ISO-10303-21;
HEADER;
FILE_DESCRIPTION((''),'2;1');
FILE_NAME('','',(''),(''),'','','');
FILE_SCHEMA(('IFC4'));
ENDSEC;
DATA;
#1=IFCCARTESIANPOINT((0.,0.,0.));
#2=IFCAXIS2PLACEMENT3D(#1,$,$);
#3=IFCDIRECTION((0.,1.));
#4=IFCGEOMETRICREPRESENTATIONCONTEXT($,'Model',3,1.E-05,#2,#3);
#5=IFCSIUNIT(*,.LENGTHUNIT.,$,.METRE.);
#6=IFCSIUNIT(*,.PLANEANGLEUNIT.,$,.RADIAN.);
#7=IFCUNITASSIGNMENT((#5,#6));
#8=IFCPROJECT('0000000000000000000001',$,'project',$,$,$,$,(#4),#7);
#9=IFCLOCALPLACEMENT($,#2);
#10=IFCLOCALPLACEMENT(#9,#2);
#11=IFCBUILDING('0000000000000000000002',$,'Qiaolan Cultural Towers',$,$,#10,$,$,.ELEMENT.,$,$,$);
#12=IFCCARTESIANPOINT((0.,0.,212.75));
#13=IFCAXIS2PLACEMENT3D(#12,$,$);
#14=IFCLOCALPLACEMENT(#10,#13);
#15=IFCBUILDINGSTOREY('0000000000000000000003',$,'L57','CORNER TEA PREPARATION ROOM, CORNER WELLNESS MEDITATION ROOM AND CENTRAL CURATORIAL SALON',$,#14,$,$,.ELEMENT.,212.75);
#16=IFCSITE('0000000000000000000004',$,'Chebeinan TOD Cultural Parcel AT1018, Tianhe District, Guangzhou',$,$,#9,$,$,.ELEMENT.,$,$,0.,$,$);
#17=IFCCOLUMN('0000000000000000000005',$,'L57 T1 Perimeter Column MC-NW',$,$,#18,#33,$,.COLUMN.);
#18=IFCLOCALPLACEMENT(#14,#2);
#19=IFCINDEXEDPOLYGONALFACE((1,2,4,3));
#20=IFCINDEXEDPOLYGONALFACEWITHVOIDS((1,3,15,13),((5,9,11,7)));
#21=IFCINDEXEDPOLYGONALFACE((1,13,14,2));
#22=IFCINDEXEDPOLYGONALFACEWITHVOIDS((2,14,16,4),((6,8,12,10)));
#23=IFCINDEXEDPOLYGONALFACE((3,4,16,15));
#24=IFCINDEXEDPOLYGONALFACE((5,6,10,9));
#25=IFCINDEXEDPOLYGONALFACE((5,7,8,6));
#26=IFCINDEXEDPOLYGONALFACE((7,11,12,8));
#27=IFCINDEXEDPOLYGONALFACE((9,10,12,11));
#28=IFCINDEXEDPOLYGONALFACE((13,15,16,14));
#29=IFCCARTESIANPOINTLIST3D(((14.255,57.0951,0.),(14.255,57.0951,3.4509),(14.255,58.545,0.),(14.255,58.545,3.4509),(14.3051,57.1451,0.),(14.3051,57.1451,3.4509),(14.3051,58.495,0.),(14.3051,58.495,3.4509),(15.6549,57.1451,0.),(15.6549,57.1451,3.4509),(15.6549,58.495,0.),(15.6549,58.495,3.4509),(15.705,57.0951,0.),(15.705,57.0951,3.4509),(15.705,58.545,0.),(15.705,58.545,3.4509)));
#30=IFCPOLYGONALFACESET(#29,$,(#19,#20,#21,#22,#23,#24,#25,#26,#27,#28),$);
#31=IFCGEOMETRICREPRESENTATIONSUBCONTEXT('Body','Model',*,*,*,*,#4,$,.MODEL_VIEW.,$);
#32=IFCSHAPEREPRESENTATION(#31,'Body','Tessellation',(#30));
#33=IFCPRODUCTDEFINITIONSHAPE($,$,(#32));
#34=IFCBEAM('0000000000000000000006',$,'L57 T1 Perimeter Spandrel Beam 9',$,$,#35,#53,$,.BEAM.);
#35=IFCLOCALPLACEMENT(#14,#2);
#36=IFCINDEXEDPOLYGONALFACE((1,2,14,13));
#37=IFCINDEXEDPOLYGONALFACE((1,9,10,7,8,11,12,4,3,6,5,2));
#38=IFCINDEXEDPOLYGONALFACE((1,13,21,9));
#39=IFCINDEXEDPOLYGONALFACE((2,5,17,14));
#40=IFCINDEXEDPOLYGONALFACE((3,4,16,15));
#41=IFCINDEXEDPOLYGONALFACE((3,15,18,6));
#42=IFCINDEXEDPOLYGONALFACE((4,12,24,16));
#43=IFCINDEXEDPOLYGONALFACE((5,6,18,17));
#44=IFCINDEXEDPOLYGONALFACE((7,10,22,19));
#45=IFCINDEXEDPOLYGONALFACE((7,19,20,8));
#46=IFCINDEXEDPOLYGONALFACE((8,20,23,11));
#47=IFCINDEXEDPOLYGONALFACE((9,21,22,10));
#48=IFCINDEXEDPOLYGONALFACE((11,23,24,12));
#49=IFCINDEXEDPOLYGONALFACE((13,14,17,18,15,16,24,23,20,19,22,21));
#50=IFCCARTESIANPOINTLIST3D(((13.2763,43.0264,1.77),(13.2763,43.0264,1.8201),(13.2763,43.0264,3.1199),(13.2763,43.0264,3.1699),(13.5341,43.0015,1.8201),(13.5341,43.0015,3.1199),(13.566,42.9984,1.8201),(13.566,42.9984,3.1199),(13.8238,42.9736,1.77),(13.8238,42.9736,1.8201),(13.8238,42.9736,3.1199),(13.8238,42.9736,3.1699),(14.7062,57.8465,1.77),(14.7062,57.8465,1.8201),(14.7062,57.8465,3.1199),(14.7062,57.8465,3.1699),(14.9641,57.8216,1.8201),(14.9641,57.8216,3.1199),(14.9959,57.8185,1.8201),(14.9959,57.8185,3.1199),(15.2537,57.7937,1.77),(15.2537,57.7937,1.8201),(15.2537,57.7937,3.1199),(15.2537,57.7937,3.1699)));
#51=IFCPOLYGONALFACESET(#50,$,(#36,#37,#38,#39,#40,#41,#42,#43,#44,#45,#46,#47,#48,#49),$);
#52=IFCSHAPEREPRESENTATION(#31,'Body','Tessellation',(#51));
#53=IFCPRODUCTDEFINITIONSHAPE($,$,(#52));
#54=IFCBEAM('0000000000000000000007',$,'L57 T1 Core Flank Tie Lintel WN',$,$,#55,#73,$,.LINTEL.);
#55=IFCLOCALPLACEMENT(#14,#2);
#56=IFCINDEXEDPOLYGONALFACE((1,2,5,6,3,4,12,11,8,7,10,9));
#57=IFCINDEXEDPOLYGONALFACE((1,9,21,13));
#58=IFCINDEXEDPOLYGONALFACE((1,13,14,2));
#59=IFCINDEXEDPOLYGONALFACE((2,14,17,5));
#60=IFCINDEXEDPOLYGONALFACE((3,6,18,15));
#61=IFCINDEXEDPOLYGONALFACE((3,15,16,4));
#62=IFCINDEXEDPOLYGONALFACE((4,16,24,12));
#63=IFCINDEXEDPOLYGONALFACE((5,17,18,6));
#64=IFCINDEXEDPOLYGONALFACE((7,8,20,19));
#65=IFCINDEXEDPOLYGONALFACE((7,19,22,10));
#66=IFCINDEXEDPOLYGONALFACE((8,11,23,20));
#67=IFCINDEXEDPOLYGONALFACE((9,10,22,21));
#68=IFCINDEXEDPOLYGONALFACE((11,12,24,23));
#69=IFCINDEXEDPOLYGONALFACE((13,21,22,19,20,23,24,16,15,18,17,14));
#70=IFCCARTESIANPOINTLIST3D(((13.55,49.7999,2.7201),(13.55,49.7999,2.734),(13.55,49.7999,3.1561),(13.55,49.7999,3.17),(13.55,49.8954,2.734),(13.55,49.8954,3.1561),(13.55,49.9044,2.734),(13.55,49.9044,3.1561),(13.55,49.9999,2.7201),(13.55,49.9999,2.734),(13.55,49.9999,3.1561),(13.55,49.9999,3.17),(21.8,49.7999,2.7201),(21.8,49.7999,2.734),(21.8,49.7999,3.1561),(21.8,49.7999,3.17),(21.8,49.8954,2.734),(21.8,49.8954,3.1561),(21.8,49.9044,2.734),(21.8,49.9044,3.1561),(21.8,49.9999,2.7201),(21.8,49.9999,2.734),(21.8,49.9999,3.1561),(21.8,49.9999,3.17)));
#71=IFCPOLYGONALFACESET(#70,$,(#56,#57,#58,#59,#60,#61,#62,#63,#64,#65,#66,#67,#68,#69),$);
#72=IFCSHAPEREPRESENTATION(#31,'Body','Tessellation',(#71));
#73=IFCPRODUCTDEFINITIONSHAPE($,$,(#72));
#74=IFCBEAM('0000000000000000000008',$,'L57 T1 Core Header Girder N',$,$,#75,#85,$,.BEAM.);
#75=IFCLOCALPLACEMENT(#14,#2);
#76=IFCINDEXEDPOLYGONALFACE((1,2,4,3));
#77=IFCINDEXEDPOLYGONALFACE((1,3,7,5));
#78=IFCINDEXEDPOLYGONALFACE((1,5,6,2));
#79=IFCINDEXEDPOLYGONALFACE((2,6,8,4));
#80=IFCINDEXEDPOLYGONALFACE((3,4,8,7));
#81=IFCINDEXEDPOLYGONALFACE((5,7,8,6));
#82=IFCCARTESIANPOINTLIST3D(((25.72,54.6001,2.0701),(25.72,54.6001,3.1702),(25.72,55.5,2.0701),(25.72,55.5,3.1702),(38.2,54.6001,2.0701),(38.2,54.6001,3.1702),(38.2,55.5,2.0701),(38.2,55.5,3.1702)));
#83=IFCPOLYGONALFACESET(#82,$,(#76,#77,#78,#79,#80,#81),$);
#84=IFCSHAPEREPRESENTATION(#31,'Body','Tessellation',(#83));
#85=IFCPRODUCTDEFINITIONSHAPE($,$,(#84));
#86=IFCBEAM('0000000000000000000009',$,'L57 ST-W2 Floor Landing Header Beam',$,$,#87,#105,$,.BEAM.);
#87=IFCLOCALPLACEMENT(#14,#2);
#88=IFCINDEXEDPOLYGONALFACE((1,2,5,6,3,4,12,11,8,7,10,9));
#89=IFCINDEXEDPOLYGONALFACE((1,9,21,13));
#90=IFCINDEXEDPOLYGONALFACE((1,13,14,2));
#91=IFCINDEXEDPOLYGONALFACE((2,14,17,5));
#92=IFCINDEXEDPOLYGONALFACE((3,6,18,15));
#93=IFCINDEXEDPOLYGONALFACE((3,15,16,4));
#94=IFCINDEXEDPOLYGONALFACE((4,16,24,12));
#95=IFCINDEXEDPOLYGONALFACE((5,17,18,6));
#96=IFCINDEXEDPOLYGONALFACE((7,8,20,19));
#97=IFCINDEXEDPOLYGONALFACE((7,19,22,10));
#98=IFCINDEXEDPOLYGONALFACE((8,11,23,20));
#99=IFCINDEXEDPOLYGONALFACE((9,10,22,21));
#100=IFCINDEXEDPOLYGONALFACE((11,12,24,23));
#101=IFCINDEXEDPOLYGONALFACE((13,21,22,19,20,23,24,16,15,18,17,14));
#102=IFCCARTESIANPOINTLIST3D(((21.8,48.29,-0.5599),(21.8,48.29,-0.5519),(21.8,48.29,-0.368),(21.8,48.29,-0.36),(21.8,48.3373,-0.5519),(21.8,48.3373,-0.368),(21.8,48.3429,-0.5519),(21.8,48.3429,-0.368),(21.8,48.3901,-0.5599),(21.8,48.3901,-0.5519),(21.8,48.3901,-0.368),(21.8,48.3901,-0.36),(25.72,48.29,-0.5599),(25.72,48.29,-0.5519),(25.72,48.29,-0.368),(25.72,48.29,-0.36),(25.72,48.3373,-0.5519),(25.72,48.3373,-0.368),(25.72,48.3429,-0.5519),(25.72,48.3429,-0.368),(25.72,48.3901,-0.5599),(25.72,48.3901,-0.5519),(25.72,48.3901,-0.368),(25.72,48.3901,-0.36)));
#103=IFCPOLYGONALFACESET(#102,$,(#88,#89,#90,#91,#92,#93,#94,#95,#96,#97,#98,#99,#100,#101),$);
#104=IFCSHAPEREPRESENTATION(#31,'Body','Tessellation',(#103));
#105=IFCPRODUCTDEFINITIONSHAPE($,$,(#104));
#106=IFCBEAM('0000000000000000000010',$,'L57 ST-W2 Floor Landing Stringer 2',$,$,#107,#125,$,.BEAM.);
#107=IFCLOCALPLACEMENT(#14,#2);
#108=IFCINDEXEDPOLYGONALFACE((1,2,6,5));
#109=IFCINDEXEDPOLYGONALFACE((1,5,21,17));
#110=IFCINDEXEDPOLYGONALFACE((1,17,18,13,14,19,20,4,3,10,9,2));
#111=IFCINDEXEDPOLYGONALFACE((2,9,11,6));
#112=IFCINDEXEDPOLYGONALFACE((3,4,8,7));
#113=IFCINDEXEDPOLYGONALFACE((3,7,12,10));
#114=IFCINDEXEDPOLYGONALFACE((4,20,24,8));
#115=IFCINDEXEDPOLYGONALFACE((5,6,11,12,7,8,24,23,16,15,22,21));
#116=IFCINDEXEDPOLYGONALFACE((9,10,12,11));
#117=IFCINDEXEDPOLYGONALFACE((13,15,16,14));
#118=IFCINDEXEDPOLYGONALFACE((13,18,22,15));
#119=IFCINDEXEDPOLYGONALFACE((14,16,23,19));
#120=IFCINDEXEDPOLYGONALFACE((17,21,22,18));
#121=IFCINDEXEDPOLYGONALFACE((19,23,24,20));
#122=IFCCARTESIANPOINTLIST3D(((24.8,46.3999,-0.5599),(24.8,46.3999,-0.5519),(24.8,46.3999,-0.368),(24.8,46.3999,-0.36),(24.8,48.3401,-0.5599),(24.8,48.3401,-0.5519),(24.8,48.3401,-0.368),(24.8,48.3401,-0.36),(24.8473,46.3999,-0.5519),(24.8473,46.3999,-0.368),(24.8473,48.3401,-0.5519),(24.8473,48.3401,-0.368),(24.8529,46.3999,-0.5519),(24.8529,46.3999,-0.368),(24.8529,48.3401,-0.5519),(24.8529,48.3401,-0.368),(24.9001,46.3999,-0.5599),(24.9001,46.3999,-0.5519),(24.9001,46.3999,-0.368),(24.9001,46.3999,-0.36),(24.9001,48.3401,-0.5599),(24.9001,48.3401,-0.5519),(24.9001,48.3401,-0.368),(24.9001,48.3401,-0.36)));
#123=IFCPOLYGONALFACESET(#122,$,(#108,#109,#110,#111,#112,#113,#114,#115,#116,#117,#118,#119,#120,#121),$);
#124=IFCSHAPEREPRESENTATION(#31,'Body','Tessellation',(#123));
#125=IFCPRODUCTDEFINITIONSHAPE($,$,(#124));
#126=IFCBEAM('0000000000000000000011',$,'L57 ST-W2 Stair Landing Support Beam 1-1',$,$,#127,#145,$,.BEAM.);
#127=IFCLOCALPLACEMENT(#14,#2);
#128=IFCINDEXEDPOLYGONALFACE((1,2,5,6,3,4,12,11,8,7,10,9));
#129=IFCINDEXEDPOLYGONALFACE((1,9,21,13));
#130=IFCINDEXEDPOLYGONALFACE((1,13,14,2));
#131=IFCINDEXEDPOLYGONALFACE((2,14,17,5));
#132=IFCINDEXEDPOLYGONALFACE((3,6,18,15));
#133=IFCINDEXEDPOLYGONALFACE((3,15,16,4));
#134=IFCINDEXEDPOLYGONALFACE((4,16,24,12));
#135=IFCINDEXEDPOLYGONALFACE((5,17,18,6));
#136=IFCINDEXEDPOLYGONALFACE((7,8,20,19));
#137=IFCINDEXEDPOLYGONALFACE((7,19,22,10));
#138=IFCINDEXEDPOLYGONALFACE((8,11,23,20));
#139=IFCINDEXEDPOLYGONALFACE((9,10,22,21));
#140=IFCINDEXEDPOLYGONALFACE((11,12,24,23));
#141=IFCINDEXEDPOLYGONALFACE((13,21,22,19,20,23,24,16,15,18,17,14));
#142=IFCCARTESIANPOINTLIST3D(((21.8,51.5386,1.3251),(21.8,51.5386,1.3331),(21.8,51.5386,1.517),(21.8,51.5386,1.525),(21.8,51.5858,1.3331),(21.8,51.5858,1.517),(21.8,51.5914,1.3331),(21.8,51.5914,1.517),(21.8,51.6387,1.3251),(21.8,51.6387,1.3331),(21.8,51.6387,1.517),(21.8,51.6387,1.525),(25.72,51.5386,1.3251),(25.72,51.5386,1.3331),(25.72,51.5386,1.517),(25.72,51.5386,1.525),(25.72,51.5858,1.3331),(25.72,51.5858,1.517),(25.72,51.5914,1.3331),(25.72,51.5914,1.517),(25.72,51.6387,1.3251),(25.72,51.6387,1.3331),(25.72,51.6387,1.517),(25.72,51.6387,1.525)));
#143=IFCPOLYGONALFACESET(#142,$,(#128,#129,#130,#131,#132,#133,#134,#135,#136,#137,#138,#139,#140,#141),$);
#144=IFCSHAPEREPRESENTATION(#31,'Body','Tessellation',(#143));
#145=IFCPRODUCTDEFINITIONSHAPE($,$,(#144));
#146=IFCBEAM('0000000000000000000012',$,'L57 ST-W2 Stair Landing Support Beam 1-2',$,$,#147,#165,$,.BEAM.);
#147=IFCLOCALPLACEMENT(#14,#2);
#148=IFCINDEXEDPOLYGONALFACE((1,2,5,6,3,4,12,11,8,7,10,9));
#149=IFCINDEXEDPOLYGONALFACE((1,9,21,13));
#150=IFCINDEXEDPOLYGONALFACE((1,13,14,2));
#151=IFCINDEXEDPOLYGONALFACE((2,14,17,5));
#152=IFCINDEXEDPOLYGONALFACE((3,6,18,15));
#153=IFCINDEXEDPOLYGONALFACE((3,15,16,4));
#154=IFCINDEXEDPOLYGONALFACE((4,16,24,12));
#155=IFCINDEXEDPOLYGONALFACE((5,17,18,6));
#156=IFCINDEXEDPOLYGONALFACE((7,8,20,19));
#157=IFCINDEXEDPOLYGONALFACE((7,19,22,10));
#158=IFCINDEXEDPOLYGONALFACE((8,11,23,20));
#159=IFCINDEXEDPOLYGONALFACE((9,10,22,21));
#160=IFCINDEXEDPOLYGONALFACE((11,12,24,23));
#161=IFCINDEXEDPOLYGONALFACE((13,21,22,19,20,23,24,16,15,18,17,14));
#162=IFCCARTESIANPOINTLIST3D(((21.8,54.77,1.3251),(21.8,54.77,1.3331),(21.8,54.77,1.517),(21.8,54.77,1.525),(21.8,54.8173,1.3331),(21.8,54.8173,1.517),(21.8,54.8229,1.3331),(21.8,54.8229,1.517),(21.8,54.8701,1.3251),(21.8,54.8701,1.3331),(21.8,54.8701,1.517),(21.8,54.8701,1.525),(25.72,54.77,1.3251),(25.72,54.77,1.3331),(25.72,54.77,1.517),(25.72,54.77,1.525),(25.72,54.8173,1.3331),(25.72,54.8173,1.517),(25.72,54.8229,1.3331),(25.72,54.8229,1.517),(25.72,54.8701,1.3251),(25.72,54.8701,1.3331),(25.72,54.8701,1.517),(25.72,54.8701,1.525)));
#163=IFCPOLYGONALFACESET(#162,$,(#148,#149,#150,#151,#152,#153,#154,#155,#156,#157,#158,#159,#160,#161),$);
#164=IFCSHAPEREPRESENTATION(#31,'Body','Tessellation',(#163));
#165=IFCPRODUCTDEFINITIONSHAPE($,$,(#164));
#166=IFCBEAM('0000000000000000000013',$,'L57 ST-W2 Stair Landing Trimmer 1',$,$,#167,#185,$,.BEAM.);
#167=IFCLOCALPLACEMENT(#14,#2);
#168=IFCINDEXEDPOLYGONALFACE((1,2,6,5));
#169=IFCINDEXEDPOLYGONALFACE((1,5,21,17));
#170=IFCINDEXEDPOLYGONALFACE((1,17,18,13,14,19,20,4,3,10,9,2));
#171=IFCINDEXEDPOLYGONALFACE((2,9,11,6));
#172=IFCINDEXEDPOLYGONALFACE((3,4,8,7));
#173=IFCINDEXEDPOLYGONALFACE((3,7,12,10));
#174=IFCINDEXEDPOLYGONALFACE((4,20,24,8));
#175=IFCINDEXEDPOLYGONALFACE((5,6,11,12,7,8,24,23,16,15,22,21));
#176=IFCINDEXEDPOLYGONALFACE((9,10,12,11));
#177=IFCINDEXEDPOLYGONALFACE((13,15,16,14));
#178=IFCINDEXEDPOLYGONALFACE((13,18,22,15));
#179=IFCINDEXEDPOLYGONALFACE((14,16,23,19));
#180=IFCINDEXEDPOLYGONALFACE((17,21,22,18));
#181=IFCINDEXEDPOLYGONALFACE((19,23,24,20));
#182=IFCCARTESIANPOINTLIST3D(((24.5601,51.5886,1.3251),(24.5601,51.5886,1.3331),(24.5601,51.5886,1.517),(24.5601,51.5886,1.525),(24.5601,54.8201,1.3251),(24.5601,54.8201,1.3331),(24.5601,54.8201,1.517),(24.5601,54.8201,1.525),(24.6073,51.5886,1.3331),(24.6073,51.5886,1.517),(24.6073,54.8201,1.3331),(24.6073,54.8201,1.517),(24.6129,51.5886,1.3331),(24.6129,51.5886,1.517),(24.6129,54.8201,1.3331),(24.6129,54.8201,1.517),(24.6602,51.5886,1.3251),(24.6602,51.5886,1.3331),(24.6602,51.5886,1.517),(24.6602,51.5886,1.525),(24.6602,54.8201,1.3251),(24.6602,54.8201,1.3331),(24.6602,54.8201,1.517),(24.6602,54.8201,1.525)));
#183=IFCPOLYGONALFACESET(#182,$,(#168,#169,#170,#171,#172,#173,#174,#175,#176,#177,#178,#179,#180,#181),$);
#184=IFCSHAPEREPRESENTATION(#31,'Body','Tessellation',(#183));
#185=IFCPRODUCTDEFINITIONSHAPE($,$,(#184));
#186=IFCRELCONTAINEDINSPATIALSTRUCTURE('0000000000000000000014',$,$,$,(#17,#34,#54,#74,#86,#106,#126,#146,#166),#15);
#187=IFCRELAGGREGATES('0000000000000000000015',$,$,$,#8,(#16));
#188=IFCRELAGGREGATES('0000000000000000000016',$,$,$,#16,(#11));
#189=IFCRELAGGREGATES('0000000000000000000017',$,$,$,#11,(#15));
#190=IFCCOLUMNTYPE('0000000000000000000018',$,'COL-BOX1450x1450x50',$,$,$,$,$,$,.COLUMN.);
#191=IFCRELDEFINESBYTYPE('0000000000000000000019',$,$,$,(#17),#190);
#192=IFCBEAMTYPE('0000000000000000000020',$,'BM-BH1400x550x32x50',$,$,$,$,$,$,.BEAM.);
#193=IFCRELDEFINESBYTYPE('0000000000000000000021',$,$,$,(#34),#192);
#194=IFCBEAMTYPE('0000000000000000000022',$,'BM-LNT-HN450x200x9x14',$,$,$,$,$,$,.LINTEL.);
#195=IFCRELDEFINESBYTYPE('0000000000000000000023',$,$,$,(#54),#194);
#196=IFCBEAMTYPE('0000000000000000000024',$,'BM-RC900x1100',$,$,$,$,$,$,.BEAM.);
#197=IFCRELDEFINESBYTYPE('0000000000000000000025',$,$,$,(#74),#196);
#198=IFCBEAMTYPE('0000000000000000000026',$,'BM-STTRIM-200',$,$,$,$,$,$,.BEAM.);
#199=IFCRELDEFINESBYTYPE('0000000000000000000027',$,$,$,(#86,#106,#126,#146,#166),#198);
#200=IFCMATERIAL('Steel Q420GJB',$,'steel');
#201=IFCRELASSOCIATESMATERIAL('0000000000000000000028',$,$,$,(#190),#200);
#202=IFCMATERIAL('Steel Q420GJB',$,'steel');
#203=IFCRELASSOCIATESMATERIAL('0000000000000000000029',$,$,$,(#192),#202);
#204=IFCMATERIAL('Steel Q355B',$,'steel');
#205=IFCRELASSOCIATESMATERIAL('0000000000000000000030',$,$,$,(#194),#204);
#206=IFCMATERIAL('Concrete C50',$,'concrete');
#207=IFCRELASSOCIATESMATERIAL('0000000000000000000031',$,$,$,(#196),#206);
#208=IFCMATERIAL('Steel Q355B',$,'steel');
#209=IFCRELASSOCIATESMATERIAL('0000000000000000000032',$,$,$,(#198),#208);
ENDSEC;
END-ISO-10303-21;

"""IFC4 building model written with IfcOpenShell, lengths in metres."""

from ifc_helpers import new_model, si_unit, direction, frame, origin, origin_2d, place, context, subcontext, project, spatial, rectangle, hollow_rectangle, i_section, extrude, material, material_profile, profile_set, type_object, element, save


model = new_model("IFC4")

# Units and contexts
model_context = context("Model", 3, precision=1e-05, world=origin(), true_north=direction((0.0, 1.0)))
body_context = subcontext(model_context, "Body", "Model", "MODEL_VIEW")
ifc_project = project(units=[si_unit("LENGTHUNIT", "METRE"), si_unit("PLANEANGLEUNIT", "RADIAN")], contexts=[model_context])

# Site, building, storey
site_placement = place(None, origin())
site = spatial("IfcSite", under=ifc_project, at=site_placement, Name="Chebeinan TOD Cultural Parcel AT1018, Tianhe District, Guangzhou", CompositionType="ELEMENT", RefElevation=0.0)
building_placement = place(site_placement, origin())
building = spatial("IfcBuilding", under=site, at=building_placement, Name="Qiaolan Cultural Towers", CompositionType="ELEMENT")
storey_placement = place(building_placement, frame((0.0, 0.0, 212.75)))
storey = spatial("IfcBuildingStorey", under=building, at=storey_placement, Name="L57", Description="CORNER TEA PREPARATION ROOM, CORNER WELLNESS MEDITATION ROOM AND CENTRAL CURATORIAL SALON", CompositionType="ELEMENT", Elevation=212.75)

# Column
ifc_material_1 = material(Name="Steel Q420GJB", Category="steel")
ifc_material_profile_1 = material_profile(ifc_material_1, hollow_rectangle(XDim=1.45, YDim=1.45, WallThickness=0.05, at=origin_2d()), Name="BOX1450x1450x50")
ifc_profile_set_1 = profile_set([ifc_material_profile_1], Name="Steel Q420GJB")
column_type = type_object("IfcColumnType", Name="COL-BOX1450x1450x50", PredefinedType="COLUMN", material=ifc_profile_set_1)
column_placement = place(storey_placement, frame((14.98, 57.8201, 0.0), z_axis=(0.0, 0.0, 1.0), x_axis=(1.0, 0.0, 0.0)))
element("IfcColumn", 1, at=column_placement, inside=storey, type_object=column_type, Name="L57 T1 Perimeter Column MC-NW", PredefinedType="COLUMN", context=body_context, shape_type="SweptSolid", body=[
    extrude(hollow_rectangle(XDim=1.45, YDim=1.45, WallThickness=0.05, at=origin_2d()), origin(), (0.0, 0.0, 1.0), 3.4509),
])

# Beams
ifc_material_2 = material(Name="Steel Q420GJB", Category="steel")
ifc_material_profile_2 = material_profile(ifc_material_2, i_section(OverallWidth=0.55, OverallDepth=1.3999, WebThickness=0.032, FlangeThickness=0.05, at=origin_2d()), Name="BH1400x550x32x50")
ifc_profile_set_2 = profile_set([ifc_material_profile_2], Name="Steel Q420GJB")
beam_type_1 = type_object("IfcBeamType", Name="BM-BH1400x550x32x50", PredefinedType="BEAM", material=ifc_profile_set_2)
beam_1_placement = place(storey_placement, frame((14.98, 57.8201, 2.47), z_axis=(-0.09604, -0.995377, 0.0), x_axis=(0.995377, -0.09604, 0.0)))
element("IfcBeam", 2, at=beam_1_placement, inside=storey, type_object=beam_type_1, Name="L57 T1 Perimeter Spandrel Beam 9", PredefinedType="BEAM", context=body_context, shape_type="SweptSolid", body=[
    extrude(i_section(OverallWidth=0.55, OverallDepth=1.3999, WebThickness=0.032, FlangeThickness=0.05, at=origin_2d()), origin(), (0.0, 0.0, 1.0), 14.8889),
])
ifc_material_3 = material(Name="Steel Q355B", Category="steel")
ifc_material_profile_3 = material_profile(ifc_material_3, i_section(OverallWidth=0.2, OverallDepth=0.45, WebThickness=0.009, FlangeThickness=0.0139, at=origin_2d()), Name="HN450x200x9x14")
ifc_profile_set_3 = profile_set([ifc_material_profile_3], Name="Steel Q355B")
beam_type_2 = type_object("IfcBeamType", Name="BM-LNT-HN450x200x9x14", PredefinedType="LINTEL", material=ifc_profile_set_3)
beam_2_placement = place(storey_placement, frame((21.8, 49.8999, 2.9451), z_axis=(-1.0, 0.0, 0.0), x_axis=(0.0, -1.0, 0.0)))
element("IfcBeam", 3, at=beam_2_placement, inside=storey, type_object=beam_type_2, Name="L57 T1 Core Flank Tie Lintel WN", PredefinedType="LINTEL", context=body_context, shape_type="SweptSolid", body=[
    extrude(i_section(OverallWidth=0.2, OverallDepth=0.45, WebThickness=0.009, FlangeThickness=0.0139, at=origin_2d()), origin(), (0.0, 0.0, 1.0), 8.25),
])
ifc_material_4 = material(Name="Concrete C50", Category="concrete")
ifc_material_profile_4 = material_profile(ifc_material_4, rectangle(XDim=0.8999, YDim=1.1001, at=origin_2d()), Name="RC900x1100")
ifc_profile_set_4 = profile_set([ifc_material_profile_4], Name="Concrete C50")
beam_type_3 = type_object("IfcBeamType", Name="BM-RC900x1100", PredefinedType="BEAM", material=ifc_profile_set_4)
beam_3_placement = place(storey_placement, frame((25.72, 55.05, 2.6201), z_axis=(1.0, 0.0, 0.0), x_axis=(0.0, 1.0, 0.0)))
element("IfcBeam", 4, at=beam_3_placement, inside=storey, type_object=beam_type_3, Name="L57 T1 Core Header Girder N", PredefinedType="BEAM", context=body_context, shape_type="SweptSolid", body=[
    extrude(rectangle(XDim=0.8999, YDim=1.1001, at=origin_2d()), origin(), (0.0, 0.0, 1.0), 12.48),
])
ifc_material_5 = material(Name="Steel Q355B", Category="steel")
ifc_material_profile_5 = material_profile(ifc_material_5, i_section(OverallWidth=0.1001, OverallDepth=0.2, WebThickness=0.0056, FlangeThickness=0.0081, at=origin_2d()), Name="HN200x100x5.5x8")
ifc_profile_set_5 = profile_set([ifc_material_profile_5], Name="Steel Q355B")
beam_type_4 = type_object("IfcBeamType", Name="BM-STTRIM-200", PredefinedType="BEAM", material=ifc_profile_set_5)
beam_4_placement = place(storey_placement, frame((21.8, 48.3401, -0.46), z_axis=(1.0, 0.0, 0.0), x_axis=(0.0, 1.0, 0.0)))
element("IfcBeam", 5, at=beam_4_placement, inside=storey, type_object=beam_type_4, Name="L57 ST-W2 Floor Landing Header Beam", PredefinedType="BEAM", context=body_context, shape_type="SweptSolid", body=[
    extrude(i_section(OverallWidth=0.1001, OverallDepth=0.2, WebThickness=0.0056, FlangeThickness=0.0081, at=origin_2d()), origin(), (0.0, 0.0, 1.0), 3.9199),
])
beam_5_placement = place(storey_placement, frame((24.8501, 46.3999, -0.46), z_axis=(0.0, 1.0, 0.0), x_axis=(-1.0, 0.0, 0.0)))
element("IfcBeam", 6, at=beam_5_placement, inside=storey, type_object=beam_type_4, Name="L57 ST-W2 Floor Landing Stringer 2", PredefinedType="BEAM", context=body_context, shape_type="SweptSolid", body=[
    extrude(i_section(OverallWidth=0.1001, OverallDepth=0.2, WebThickness=0.0056, FlangeThickness=0.0081, at=origin_2d()), origin(), (0.0, 0.0, 1.0), 1.9402),
])
for number, where, z_axis, x_axis, name in (
    (7, (21.8, 51.5886, 1.425), (1.0, 0.0, 0.0), (0.0, 1.0, 0.0), "L57 ST-W2 Stair Landing Support Beam 1-1"),
    (8, (21.8, 54.8201, 1.425), (1.0, 0.0, 0.0), (0.0, 1.0, 0.0), "L57 ST-W2 Stair Landing Support Beam 1-2"),
):
    element("IfcBeam", number, at=place(storey_placement, frame(where, z_axis=z_axis, x_axis=x_axis)), inside=storey, type_object=beam_type_4, Name=name, PredefinedType="BEAM", context=body_context, shape_type="SweptSolid", body=[
        extrude(i_section(OverallWidth=0.1001, OverallDepth=0.2, WebThickness=0.0056, FlangeThickness=0.0081, at=origin_2d()), origin(), (0.0, 0.0, 1.0), 3.9199),
    ])
beam_6_placement = place(storey_placement, frame((24.6101, 51.5886, 1.425), z_axis=(0.0, 1.0, 0.0), x_axis=(-1.0, 0.0, 0.0)))
element("IfcBeam", 9, at=beam_6_placement, inside=storey, type_object=beam_type_4, Name="L57 ST-W2 Stair Landing Trimmer 1", PredefinedType="BEAM", context=body_context, shape_type="SweptSolid", body=[
    extrude(i_section(OverallWidth=0.1001, OverallDepth=0.2, WebThickness=0.0056, FlangeThickness=0.0081, at=origin_2d()), origin(), (0.0, 0.0, 1.0), 3.2314),
])

save(model, "model.ifc")
